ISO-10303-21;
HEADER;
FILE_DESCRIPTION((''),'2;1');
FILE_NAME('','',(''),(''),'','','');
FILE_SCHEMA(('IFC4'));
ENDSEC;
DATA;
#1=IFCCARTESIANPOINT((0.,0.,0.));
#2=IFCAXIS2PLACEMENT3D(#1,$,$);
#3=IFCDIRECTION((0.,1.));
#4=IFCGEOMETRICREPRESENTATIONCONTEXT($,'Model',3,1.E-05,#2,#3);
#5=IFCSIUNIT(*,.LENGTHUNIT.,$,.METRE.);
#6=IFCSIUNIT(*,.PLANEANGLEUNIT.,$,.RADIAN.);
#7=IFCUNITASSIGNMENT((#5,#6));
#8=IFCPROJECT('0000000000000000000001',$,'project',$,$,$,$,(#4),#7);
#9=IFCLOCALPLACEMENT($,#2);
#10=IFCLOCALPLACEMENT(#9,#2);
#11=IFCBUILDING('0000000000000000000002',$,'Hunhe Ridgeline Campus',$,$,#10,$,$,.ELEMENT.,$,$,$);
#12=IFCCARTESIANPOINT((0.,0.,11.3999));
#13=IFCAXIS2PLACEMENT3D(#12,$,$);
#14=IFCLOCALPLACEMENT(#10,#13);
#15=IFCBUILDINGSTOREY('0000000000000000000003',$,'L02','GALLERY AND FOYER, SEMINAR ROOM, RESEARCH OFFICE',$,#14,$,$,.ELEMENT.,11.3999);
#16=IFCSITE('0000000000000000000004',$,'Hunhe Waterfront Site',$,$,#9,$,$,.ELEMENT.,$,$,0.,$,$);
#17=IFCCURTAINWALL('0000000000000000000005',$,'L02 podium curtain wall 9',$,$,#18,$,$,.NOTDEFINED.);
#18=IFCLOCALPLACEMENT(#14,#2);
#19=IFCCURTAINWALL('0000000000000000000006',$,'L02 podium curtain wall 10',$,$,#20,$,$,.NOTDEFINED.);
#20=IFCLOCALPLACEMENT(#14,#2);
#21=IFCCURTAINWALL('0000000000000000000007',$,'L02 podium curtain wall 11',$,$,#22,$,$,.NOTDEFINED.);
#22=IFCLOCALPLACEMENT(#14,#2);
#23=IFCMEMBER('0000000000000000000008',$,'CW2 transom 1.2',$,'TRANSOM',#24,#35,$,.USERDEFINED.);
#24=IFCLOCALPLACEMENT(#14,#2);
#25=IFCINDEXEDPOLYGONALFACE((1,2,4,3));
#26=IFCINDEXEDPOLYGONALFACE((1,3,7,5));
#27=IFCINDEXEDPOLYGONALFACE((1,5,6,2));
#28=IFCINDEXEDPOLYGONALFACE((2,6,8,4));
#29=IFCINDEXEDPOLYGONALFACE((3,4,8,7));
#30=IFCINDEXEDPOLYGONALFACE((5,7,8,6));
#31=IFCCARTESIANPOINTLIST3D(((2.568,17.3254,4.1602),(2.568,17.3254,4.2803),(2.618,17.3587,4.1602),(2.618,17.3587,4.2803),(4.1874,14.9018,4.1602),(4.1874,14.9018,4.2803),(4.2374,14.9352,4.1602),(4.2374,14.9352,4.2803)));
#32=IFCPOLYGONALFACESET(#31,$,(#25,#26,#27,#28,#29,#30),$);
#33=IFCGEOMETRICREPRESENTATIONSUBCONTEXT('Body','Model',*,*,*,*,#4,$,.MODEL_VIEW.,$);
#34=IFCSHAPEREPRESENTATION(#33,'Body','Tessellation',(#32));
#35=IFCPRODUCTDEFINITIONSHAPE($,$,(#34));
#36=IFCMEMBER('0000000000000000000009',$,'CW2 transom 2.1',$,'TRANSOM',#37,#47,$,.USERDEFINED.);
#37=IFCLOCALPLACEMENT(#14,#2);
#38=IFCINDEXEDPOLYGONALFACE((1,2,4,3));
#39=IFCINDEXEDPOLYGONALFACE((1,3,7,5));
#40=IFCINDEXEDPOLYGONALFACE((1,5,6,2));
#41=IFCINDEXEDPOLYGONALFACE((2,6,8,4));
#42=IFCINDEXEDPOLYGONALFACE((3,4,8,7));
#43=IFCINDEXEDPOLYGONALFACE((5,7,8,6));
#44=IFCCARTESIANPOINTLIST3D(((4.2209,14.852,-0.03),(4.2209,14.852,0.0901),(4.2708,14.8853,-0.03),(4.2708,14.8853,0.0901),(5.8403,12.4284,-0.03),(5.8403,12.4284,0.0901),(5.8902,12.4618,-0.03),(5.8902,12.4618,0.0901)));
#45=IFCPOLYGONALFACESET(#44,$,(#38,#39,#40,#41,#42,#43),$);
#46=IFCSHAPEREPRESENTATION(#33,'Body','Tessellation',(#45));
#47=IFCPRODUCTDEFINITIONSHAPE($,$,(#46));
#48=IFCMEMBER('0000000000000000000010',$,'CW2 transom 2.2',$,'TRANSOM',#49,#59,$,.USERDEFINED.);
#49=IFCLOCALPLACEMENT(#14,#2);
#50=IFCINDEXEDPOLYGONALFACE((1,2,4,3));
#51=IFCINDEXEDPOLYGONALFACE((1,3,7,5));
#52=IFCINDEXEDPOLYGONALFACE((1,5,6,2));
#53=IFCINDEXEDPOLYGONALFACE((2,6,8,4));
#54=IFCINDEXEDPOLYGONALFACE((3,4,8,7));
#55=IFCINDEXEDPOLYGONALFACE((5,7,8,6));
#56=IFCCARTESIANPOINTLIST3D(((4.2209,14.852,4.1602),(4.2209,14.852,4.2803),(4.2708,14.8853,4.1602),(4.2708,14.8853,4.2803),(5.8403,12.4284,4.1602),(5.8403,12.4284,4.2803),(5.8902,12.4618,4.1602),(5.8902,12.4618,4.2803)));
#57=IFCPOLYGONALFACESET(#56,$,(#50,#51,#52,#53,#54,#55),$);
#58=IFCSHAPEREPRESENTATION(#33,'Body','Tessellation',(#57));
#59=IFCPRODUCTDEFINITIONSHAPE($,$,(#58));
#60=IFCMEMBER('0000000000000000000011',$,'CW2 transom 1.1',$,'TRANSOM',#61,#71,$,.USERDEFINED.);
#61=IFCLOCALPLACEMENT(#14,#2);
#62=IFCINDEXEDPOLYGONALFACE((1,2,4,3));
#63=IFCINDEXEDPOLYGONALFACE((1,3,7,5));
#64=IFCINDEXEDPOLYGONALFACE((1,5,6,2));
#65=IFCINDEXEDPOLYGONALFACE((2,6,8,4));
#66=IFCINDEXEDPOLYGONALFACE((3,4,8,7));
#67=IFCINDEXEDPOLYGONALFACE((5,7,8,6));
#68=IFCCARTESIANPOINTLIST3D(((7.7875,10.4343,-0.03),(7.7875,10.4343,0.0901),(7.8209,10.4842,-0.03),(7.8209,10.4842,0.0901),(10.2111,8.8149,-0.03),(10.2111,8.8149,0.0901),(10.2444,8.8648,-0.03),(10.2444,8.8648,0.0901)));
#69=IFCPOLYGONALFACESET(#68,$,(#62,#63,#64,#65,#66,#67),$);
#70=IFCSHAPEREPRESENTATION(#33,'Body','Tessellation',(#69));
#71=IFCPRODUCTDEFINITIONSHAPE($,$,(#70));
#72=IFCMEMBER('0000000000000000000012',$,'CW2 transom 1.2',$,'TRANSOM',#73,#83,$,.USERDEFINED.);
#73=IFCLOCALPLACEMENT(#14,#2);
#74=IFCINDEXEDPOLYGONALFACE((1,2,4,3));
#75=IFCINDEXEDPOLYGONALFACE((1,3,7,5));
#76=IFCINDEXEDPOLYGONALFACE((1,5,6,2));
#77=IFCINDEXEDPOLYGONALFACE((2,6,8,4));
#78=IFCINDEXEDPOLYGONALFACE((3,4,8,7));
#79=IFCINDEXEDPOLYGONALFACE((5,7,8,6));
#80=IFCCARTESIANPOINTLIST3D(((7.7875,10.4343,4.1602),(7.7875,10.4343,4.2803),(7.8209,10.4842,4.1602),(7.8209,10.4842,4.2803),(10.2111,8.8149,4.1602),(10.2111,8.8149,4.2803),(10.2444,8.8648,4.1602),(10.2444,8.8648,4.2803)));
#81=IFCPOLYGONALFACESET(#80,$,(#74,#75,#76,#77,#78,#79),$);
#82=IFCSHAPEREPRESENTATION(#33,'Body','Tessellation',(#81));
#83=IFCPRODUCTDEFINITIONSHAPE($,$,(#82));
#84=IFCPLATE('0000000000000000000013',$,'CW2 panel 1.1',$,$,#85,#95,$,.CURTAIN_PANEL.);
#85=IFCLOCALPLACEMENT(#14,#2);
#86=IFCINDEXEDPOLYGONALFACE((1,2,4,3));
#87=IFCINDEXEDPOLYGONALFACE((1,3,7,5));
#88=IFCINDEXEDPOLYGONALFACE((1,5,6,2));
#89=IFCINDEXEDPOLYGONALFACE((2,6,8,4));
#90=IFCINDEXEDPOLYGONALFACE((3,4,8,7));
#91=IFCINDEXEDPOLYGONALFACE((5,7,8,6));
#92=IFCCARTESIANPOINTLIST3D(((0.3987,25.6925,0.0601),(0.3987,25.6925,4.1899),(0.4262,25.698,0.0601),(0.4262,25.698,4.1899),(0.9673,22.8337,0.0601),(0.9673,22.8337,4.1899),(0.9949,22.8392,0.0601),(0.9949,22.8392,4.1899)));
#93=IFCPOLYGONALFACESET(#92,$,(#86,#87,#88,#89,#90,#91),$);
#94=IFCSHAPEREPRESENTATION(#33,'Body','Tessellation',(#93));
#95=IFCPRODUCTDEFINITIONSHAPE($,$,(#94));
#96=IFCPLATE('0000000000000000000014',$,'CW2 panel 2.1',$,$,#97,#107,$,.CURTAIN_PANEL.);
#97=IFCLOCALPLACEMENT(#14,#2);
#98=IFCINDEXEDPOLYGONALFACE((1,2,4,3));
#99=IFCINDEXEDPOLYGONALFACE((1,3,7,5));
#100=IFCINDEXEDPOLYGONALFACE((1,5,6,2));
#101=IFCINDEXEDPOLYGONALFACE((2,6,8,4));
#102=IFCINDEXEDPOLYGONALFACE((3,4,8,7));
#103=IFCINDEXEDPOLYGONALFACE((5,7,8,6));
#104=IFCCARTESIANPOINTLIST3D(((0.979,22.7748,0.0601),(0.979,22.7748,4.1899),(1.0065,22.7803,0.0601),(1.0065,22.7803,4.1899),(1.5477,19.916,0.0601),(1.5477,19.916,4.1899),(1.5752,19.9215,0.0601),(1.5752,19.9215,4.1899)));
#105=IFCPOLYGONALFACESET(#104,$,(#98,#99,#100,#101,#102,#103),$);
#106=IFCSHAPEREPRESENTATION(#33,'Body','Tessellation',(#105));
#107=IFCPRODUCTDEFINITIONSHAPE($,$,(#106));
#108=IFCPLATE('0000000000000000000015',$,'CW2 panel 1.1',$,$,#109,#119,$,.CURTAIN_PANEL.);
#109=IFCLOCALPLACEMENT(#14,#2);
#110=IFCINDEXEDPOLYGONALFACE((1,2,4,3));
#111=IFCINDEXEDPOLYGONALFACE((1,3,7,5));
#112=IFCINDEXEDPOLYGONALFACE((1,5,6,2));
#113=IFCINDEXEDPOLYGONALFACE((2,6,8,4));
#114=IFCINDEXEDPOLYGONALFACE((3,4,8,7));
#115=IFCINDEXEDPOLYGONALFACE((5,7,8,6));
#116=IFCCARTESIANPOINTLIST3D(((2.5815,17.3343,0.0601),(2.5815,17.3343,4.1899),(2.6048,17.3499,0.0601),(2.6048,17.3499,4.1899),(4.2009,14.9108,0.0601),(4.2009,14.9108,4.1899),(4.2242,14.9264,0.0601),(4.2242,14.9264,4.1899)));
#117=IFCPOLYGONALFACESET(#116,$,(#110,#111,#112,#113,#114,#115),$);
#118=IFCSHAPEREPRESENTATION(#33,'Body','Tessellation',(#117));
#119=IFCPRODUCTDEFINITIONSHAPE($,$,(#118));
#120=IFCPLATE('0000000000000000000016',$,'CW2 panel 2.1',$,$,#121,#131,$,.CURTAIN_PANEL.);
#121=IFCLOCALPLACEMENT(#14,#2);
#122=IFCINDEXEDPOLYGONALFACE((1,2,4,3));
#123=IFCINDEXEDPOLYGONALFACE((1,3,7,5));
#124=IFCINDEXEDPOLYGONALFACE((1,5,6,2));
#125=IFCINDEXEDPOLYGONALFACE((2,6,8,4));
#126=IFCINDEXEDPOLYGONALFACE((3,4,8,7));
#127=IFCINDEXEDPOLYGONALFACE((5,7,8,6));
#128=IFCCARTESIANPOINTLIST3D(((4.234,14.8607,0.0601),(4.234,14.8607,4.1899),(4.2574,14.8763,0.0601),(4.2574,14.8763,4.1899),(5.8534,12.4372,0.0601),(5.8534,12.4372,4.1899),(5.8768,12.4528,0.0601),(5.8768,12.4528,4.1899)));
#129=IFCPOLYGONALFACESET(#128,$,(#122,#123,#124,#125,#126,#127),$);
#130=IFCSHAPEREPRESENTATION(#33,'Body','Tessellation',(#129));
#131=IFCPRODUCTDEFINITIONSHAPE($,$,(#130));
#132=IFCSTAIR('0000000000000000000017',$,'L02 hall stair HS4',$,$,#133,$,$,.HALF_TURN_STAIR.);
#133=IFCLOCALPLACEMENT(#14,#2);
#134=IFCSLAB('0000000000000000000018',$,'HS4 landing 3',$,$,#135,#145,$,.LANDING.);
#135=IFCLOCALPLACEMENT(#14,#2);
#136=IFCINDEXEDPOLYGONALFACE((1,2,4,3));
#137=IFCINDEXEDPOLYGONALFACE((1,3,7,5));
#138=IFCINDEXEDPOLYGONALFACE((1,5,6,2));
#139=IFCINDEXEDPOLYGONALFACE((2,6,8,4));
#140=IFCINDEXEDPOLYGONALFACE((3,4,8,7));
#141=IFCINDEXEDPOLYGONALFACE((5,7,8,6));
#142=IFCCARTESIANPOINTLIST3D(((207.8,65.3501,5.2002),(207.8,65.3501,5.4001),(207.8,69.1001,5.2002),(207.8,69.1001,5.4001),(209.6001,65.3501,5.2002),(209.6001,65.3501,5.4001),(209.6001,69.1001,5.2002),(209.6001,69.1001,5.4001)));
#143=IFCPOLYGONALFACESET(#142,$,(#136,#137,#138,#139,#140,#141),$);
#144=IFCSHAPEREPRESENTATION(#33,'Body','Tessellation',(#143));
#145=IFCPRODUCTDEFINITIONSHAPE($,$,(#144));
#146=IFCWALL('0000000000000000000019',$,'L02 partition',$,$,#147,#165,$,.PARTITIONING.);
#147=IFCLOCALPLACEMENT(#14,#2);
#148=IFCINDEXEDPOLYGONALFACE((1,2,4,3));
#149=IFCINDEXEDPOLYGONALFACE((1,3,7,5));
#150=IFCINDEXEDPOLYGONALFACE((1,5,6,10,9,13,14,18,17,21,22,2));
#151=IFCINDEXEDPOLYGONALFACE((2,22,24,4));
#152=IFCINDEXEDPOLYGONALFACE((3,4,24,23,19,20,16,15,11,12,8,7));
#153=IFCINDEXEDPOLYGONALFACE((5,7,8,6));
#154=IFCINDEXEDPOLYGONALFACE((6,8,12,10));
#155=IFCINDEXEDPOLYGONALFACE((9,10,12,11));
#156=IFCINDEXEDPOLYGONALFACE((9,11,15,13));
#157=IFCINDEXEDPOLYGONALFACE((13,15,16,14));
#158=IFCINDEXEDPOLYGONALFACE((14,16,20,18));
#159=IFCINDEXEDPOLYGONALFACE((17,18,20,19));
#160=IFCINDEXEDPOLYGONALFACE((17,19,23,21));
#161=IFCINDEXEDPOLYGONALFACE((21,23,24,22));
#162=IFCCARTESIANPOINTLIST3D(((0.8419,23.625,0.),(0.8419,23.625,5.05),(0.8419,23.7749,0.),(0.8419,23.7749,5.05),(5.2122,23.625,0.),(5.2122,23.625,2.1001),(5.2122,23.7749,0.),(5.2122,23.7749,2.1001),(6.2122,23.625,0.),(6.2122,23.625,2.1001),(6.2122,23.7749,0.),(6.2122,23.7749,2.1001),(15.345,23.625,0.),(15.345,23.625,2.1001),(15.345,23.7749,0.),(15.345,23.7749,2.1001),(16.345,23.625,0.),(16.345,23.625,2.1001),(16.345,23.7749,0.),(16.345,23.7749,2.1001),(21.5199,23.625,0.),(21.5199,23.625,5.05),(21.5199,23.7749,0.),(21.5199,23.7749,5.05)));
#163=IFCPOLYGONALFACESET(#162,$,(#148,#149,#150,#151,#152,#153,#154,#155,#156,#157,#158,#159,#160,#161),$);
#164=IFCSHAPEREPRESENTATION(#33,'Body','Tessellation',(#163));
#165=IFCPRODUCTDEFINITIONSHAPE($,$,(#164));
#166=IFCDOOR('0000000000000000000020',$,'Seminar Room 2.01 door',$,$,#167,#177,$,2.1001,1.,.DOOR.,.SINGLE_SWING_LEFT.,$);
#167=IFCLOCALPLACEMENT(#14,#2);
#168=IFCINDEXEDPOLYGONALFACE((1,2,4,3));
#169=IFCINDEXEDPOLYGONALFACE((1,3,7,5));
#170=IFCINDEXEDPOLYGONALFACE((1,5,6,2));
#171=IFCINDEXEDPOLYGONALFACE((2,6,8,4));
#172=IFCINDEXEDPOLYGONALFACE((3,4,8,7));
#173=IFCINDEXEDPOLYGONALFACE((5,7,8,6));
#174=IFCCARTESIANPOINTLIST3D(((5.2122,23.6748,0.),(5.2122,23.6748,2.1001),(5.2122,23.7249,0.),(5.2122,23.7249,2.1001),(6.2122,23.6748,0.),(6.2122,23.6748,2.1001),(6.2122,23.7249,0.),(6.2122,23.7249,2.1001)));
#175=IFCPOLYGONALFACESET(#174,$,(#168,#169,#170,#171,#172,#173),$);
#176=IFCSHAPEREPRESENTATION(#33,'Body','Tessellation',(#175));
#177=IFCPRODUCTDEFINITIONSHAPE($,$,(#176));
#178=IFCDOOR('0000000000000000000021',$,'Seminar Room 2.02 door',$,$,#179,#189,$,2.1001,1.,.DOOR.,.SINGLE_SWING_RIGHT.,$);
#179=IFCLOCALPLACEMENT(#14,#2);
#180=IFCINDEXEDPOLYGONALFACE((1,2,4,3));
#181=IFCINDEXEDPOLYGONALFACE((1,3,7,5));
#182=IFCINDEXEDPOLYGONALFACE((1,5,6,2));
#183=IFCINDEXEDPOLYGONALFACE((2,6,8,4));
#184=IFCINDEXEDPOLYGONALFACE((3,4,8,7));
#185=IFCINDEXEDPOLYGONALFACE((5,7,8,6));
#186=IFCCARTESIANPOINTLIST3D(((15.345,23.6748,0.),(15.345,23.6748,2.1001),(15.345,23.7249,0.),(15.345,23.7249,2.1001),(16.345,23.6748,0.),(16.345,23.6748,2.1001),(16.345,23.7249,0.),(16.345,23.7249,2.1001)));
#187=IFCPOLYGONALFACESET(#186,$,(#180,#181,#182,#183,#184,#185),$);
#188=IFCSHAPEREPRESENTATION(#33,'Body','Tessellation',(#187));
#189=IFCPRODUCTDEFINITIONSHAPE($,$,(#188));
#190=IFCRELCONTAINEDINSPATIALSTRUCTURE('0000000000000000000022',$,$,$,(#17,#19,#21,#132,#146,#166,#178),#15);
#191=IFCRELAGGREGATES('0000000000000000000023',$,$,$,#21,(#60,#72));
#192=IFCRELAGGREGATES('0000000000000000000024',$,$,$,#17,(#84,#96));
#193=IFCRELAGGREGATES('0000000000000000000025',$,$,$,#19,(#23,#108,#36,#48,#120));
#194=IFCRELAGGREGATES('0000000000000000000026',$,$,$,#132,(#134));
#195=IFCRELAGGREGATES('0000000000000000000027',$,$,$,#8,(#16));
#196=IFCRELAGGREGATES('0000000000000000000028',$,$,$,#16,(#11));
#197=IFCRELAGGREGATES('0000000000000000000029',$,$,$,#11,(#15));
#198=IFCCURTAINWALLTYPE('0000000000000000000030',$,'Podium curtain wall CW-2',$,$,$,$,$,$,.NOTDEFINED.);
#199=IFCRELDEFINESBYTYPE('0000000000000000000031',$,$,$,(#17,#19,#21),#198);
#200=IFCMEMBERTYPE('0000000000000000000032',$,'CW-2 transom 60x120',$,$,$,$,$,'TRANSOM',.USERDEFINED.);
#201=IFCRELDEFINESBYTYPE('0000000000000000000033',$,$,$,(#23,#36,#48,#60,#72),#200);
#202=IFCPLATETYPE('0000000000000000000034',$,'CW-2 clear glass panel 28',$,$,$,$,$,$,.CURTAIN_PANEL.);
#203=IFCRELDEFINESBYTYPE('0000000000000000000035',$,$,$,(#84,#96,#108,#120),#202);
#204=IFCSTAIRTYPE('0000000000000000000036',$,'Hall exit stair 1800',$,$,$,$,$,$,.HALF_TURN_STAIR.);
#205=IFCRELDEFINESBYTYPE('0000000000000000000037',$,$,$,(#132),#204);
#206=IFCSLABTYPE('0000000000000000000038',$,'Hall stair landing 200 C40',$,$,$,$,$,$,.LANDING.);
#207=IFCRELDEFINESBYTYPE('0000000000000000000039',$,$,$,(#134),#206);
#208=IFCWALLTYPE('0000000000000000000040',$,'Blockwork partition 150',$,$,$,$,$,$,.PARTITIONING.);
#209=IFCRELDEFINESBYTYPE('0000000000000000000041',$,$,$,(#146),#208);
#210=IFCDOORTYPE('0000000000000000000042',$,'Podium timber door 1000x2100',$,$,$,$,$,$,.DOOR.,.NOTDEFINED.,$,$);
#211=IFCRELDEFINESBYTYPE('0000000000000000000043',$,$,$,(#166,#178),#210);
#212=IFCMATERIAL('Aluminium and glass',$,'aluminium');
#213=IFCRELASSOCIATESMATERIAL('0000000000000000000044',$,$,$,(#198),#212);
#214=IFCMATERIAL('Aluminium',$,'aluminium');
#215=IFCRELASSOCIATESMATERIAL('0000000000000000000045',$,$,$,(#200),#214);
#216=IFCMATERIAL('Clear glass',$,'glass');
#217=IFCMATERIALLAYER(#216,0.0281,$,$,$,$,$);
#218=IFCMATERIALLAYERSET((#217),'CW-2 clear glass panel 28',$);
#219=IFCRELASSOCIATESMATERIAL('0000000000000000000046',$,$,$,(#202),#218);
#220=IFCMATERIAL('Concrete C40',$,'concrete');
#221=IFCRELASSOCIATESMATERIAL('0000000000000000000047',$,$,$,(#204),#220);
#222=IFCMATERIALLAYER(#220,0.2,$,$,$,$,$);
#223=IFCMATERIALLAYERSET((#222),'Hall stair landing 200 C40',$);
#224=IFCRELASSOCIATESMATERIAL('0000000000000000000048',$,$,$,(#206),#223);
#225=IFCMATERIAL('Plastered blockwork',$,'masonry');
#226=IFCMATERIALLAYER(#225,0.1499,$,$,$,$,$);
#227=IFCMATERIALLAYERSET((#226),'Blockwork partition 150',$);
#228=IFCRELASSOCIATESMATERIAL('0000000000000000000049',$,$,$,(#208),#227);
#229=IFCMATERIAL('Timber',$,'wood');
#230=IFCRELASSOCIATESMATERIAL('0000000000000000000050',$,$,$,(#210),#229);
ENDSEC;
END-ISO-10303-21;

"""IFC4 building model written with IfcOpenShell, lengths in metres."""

from ifc_helpers import new_model, si_unit, direction, frame, frame_2d, origin, origin_2d, place, context, subcontext, project, spatial, polyline, rectangle, outline, extrude, material, layer, layer_set, material_profile, profile_set, type_object, element, fill, aggregate, save


model = new_model("IFC4")

# Units and contexts
model_context = context("Model", 3, precision=1e-05, world=origin(), true_north=direction((0.0, 1.0)))
body_context = subcontext(model_context, "Body", "Model", "MODEL_VIEW")
ifc_project = project(units=[si_unit("LENGTHUNIT", "METRE"), si_unit("PLANEANGLEUNIT", "RADIAN")], contexts=[model_context])

# Site, building, storey
site_placement = place(None, origin())
site = spatial("IfcSite", under=ifc_project, at=site_placement, Name="Hunhe Waterfront Site", CompositionType="ELEMENT", RefElevation=0.0)
building_placement = place(site_placement, origin())
building = spatial("IfcBuilding", under=site, at=building_placement, Name="Hunhe Ridgeline Campus", CompositionType="ELEMENT")
storey_placement = place(building_placement, frame((0.0, 0.0, 11.3999)))
storey = spatial("IfcBuildingStorey", under=building, at=storey_placement, Name="L02", Description="GALLERY AND FOYER, SEMINAR ROOM, RESEARCH OFFICE", CompositionType="ELEMENT", Elevation=11.3999)

# Curtain walls
ifc_material_1 = material(Name="Aluminium and glass", Category="aluminium")
curtain_wall_type = type_object("IfcCurtainWallType", Name="Podium curtain wall CW-2", PredefinedType="NOTDEFINED", material=ifc_material_1)
curtain_wall_1_placement = place(storey_placement, origin())
curtain_wall_1 = element("IfcCurtainWall", 1, at=curtain_wall_1_placement, inside=storey, type_object=curtain_wall_type, Name="L02 podium curtain wall 9", PredefinedType="NOTDEFINED")
ifc_material_2 = material(Name="Aluminium", Category="aluminium")
curtain_wall_2_placement = place(storey_placement, origin())
curtain_wall_2 = element("IfcCurtainWall", 2, at=curtain_wall_2_placement, inside=storey, type_object=curtain_wall_type, Name="L02 podium curtain wall 10", PredefinedType="NOTDEFINED")

# Curtain wall
curtain_wall_3_placement = place(storey_placement, origin())
curtain_wall_3 = element("IfcCurtainWall", 3, at=curtain_wall_3_placement, inside=storey, type_object=curtain_wall_type, Name="L02 podium curtain wall 11", PredefinedType="NOTDEFINED")

# Members
ifc_material_profile_1 = material_profile(ifc_material_2, rectangle(XDim=0.0601, YDim=0.1201, at=origin_2d()))
ifc_profile_set_1 = profile_set([ifc_material_profile_1], Name="Aluminium")
member_type_1 = type_object("IfcMemberType", Name="CW-2 transom 60x120", ElementType="TRANSOM", PredefinedType="USERDEFINED", material=ifc_profile_set_1)
member_1_placement = place(storey_placement, frame((2.593, 17.342, 4.2202), z_axis=(0.55557, -0.83147, 0.0), x_axis=(0.83147, 0.55557, 0.0)))
member_1 = element("IfcMember", 4, at=member_1_placement, type_object=member_type_1, Name="CW2 transom 1.2", ObjectType="TRANSOM", PredefinedType="USERDEFINED", context=body_context, shape_type="SweptSolid", body=[
    extrude(rectangle(XDim=0.0601, YDim=0.1201, at=origin_2d()), origin(), (0.0, 0.0, 1.0), 2.9148),
])
member_2_placement = place(storey_placement, frame((4.2458, 14.8687, 0.03), z_axis=(0.55557, -0.83147, 0.0), x_axis=(0.83147, 0.55557, 0.0)))
member_2 = element("IfcMember", 5, at=member_2_placement, type_object=member_type_1, Name="CW2 transom 2.1", ObjectType="TRANSOM", PredefinedType="USERDEFINED", context=body_context, shape_type="SweptSolid", body=[
    extrude(rectangle(XDim=0.0601, YDim=0.1201, at=origin_2d()), origin(), (0.0, 0.0, 1.0), 2.9148),
])
member_3_placement = place(storey_placement, frame((4.2458, 14.8687, 4.2202), z_axis=(0.55557, -0.83147, 0.0), x_axis=(0.83147, 0.55557, 0.0)))
member_3 = element("IfcMember", 6, at=member_3_placement, type_object=member_type_1, Name="CW2 transom 2.2", ObjectType="TRANSOM", PredefinedType="USERDEFINED", context=body_context, shape_type="SweptSolid", body=[
    extrude(rectangle(XDim=0.0601, YDim=0.1201, at=origin_2d()), origin(), (0.0, 0.0, 1.0), 2.9148),
])
member_4_placement = place(storey_placement, frame((7.8042, 10.4592, 0.03), z_axis=(0.83147, -0.55557, 0.0), x_axis=(0.55557, 0.83147, 0.0)))
member_4 = element("IfcMember", 7, at=member_4_placement, type_object=member_type_1, Name="CW2 transom 1.1", ObjectType="TRANSOM", PredefinedType="USERDEFINED", context=body_context, shape_type="SweptSolid", body=[
    extrude(rectangle(XDim=0.0601, YDim=0.1201, at=origin_2d()), origin(), (0.0, 0.0, 1.0), 2.9148),
])
member_5_placement = place(storey_placement, frame((7.8042, 10.4592, 4.2202), z_axis=(0.83147, -0.55557, 0.0), x_axis=(0.55557, 0.83147, 0.0)))
member_5 = element("IfcMember", 8, at=member_5_placement, type_object=member_type_1, Name="CW2 transom 1.2", ObjectType="TRANSOM", PredefinedType="USERDEFINED", context=body_context, shape_type="SweptSolid", body=[
    extrude(rectangle(XDim=0.0601, YDim=0.1201, at=origin_2d()), origin(), (0.0, 0.0, 1.0), 2.9148),
])
aggregate(curtain_wall_3, [member_4, member_5])

# Plates
ifc_material_3 = material(Name="Clear glass", Category="glass")
ifc_layer_1 = layer(ifc_material_3, 0.0281)
ifc_layer_set_1 = layer_set([ifc_layer_1], Name="CW-2 clear glass panel 28")
plate_type = type_object("IfcPlateType", Name="CW-2 clear glass panel 28", PredefinedType="CURTAIN_PANEL", material=ifc_layer_set_1)
plate_1_placement = place(storey_placement, frame((0.6968, 24.2659, 0.0601), z_axis=(0.0, 0.0, 1.0), x_axis=(0.195098, -0.980784, 0.0)))
plate_1 = element("IfcPlate", 9, at=plate_1_placement, type_object=plate_type, Name="CW2 panel 1.1", PredefinedType="CURTAIN_PANEL", context=body_context, shape_type="SweptSolid", body=[
    extrude(rectangle(XDim=2.9148, YDim=0.0281, at=origin_2d()), origin(), (0.0, 0.0, 1.0), 4.1299),
])
plate_2_placement = place(storey_placement, frame((1.2771, 21.3481, 0.0601), z_axis=(0.0, 0.0, 1.0), x_axis=(0.195098, -0.980784, 0.0)))
plate_2 = element("IfcPlate", 10, at=plate_2_placement, type_object=plate_type, Name="CW2 panel 2.1", PredefinedType="CURTAIN_PANEL", context=body_context, shape_type="SweptSolid", body=[
    extrude(rectangle(XDim=2.9148, YDim=0.0281, at=origin_2d()), origin(), (0.0, 0.0, 1.0), 4.1299),
])
aggregate(curtain_wall_1, [plate_1, plate_2])
plate_3_placement = place(storey_placement, frame((3.4028, 16.1304, 0.0601), z_axis=(0.0, 0.0, 1.0), x_axis=(0.555579, -0.831464, 0.0)))
plate_3 = element("IfcPlate", 11, at=plate_3_placement, type_object=plate_type, Name="CW2 panel 1.1", PredefinedType="CURTAIN_PANEL", context=body_context, shape_type="SweptSolid", body=[
    extrude(rectangle(XDim=2.9148, YDim=0.0281, at=origin_2d()), origin(), (0.0, 0.0, 1.0), 4.1299),
])
plate_4_placement = place(storey_placement, frame((5.0554, 13.6567, 0.0601), z_axis=(0.0, 0.0, 1.0), x_axis=(0.555579, -0.831464, 0.0)))
plate_4 = element("IfcPlate", 12, at=plate_4_placement, type_object=plate_type, Name="CW2 panel 2.1", PredefinedType="CURTAIN_PANEL", context=body_context, shape_type="SweptSolid", body=[
    extrude(rectangle(XDim=2.9148, YDim=0.0281, at=origin_2d()), origin(), (0.0, 0.0, 1.0), 4.1299),
])
aggregate(curtain_wall_2, [member_1, plate_3, member_2, member_3, plate_4])

# Stair, slab
ifc_material_4 = material(Name="Concrete C40", Category="concrete")
stair_type = type_object("IfcStairType", Name="Hall exit stair 1800", PredefinedType="HALF_TURN_STAIR", material=ifc_material_4)
stair_placement = place(storey_placement, origin())
stair = element("IfcStair", 13, at=stair_placement, inside=storey, type_object=stair_type, Name="L02 hall stair HS4", PredefinedType="HALF_TURN_STAIR")
ifc_layer_2 = layer(ifc_material_4, 0.2)
ifc_layer_set_2 = layer_set([ifc_layer_2], Name="Hall stair landing 200 C40")
slab_type = type_object("IfcSlabType", Name="Hall stair landing 200 C40", PredefinedType="LANDING", material=ifc_layer_set_2)
slab_placement = place(storey_placement, frame((0.0, 0.0, 5.2002)))
slab = element("IfcSlab", 14, at=slab_placement, type_object=slab_type, Name="HS4 landing 3", PredefinedType="LANDING", context=body_context, shape_type="SweptSolid", body=[
    extrude(outline(polyline([(209.6001, 69.1001), (207.8, 69.1001), (207.8, 65.3501), (209.6001, 65.3501), (209.6001, 69.1001)])), origin(), (0.0, 0.0, 1.0), 0.2),
])
aggregate(stair, [slab])

# Wall, openings, doors
ifc_material_5 = material(Name="Plastered blockwork", Category="masonry")
ifc_layer_3 = layer(ifc_material_5, 0.1499)
ifc_layer_set_3 = layer_set([ifc_layer_3], Name="Blockwork partition 150")
wall_type = type_object("IfcWallType", Name="Blockwork partition 150", PredefinedType="PARTITIONING", material=ifc_layer_set_3)
wall_placement = place(storey_placement, frame((0.842, 23.7, 0.0), z_axis=(0.0, 0.0, 1.0), x_axis=(1.0, 0.0, 0.0)))
wall = element("IfcWall", 15, at=wall_placement, inside=storey, type_object=wall_type, Name="L02 partition", PredefinedType="PARTITIONING", context=body_context, shape_type="SweptSolid", body=[
    extrude(rectangle(XDim=20.678, YDim=0.1499, at=frame_2d((10.3389, 0.0))), origin(), (0.0, 0.0, 1.0), 5.05),
])
opening_1_placement = place(wall_placement, frame((4.3701, 0.0, 0.0)))
opening_1 = element("IfcOpeningElement", 16, at=opening_1_placement, cuts=wall, PredefinedType="OPENING", context=body_context, shape_type="SweptSolid", body=[
    extrude(rectangle(XDim=1.0, YDim=2.1001, at=frame_2d((0.5, 1.05))), frame((0.0, 0.075, 0.0), z_axis=(0.0, -1.0, 0.0), x_axis=(1.0, 0.0, 0.0)), (0.0, 0.0, 1.0), 0.1499),
])
opening_2_placement = place(wall_placement, frame((14.5029, 0.0, 0.0)))
opening_2 = element("IfcOpeningElement", 17, at=opening_2_placement, cuts=wall, PredefinedType="OPENING", context=body_context, shape_type="SweptSolid", body=[
    extrude(rectangle(XDim=1.0, YDim=2.1001, at=frame_2d((0.5, 1.05))), frame((0.0, 0.075, 0.0), z_axis=(0.0, -1.0, 0.0), x_axis=(1.0, 0.0, 0.0)), (0.0, 0.0, 1.0), 0.1499),
])
ifc_material_6 = material(Name="Timber", Category="wood")
door_type = type_object("IfcDoorType", Name="Podium timber door 1000x2100", OperationType="NOTDEFINED", PredefinedType="DOOR", material=ifc_material_6)
door_1_placement = place(opening_1_placement, origin())
door_1 = element("IfcDoor", 18, at=door_1_placement, inside=storey, type_object=door_type, Name="Seminar Room 2.01 door", OperationType="SINGLE_SWING_LEFT", OverallHeight=2.1001, OverallWidth=1.0, PredefinedType="DOOR", context=body_context, shape_type="SweptSolid", body=[
    extrude(rectangle(XDim=1.0, YDim=2.1001, at=frame_2d((0.5, 1.05))), frame((0.0, 0.0249, 0.0), z_axis=(0.0, -1.0, 0.0), x_axis=(1.0, 0.0, 0.0)), (0.0, 0.0, 1.0), 0.05),
])
fill(opening_1, door_1)
door_2_placement = place(opening_2_placement, origin())
door_2 = element("IfcDoor", 19, at=door_2_placement, inside=storey, type_object=door_type, Name="Seminar Room 2.02 door", OperationType="SINGLE_SWING_RIGHT", OverallHeight=2.1001, OverallWidth=1.0, PredefinedType="DOOR", context=body_context, shape_type="SweptSolid", body=[
    extrude(rectangle(XDim=1.0, YDim=2.1001, at=frame_2d((0.5, 1.05))), frame((0.0, 0.0249, 0.0), z_axis=(0.0, -1.0, 0.0), x_axis=(1.0, 0.0, 0.0)), (0.0, 0.0, 1.0), 0.05),
])
fill(opening_2, door_2)

save(model, "model.ifc")
